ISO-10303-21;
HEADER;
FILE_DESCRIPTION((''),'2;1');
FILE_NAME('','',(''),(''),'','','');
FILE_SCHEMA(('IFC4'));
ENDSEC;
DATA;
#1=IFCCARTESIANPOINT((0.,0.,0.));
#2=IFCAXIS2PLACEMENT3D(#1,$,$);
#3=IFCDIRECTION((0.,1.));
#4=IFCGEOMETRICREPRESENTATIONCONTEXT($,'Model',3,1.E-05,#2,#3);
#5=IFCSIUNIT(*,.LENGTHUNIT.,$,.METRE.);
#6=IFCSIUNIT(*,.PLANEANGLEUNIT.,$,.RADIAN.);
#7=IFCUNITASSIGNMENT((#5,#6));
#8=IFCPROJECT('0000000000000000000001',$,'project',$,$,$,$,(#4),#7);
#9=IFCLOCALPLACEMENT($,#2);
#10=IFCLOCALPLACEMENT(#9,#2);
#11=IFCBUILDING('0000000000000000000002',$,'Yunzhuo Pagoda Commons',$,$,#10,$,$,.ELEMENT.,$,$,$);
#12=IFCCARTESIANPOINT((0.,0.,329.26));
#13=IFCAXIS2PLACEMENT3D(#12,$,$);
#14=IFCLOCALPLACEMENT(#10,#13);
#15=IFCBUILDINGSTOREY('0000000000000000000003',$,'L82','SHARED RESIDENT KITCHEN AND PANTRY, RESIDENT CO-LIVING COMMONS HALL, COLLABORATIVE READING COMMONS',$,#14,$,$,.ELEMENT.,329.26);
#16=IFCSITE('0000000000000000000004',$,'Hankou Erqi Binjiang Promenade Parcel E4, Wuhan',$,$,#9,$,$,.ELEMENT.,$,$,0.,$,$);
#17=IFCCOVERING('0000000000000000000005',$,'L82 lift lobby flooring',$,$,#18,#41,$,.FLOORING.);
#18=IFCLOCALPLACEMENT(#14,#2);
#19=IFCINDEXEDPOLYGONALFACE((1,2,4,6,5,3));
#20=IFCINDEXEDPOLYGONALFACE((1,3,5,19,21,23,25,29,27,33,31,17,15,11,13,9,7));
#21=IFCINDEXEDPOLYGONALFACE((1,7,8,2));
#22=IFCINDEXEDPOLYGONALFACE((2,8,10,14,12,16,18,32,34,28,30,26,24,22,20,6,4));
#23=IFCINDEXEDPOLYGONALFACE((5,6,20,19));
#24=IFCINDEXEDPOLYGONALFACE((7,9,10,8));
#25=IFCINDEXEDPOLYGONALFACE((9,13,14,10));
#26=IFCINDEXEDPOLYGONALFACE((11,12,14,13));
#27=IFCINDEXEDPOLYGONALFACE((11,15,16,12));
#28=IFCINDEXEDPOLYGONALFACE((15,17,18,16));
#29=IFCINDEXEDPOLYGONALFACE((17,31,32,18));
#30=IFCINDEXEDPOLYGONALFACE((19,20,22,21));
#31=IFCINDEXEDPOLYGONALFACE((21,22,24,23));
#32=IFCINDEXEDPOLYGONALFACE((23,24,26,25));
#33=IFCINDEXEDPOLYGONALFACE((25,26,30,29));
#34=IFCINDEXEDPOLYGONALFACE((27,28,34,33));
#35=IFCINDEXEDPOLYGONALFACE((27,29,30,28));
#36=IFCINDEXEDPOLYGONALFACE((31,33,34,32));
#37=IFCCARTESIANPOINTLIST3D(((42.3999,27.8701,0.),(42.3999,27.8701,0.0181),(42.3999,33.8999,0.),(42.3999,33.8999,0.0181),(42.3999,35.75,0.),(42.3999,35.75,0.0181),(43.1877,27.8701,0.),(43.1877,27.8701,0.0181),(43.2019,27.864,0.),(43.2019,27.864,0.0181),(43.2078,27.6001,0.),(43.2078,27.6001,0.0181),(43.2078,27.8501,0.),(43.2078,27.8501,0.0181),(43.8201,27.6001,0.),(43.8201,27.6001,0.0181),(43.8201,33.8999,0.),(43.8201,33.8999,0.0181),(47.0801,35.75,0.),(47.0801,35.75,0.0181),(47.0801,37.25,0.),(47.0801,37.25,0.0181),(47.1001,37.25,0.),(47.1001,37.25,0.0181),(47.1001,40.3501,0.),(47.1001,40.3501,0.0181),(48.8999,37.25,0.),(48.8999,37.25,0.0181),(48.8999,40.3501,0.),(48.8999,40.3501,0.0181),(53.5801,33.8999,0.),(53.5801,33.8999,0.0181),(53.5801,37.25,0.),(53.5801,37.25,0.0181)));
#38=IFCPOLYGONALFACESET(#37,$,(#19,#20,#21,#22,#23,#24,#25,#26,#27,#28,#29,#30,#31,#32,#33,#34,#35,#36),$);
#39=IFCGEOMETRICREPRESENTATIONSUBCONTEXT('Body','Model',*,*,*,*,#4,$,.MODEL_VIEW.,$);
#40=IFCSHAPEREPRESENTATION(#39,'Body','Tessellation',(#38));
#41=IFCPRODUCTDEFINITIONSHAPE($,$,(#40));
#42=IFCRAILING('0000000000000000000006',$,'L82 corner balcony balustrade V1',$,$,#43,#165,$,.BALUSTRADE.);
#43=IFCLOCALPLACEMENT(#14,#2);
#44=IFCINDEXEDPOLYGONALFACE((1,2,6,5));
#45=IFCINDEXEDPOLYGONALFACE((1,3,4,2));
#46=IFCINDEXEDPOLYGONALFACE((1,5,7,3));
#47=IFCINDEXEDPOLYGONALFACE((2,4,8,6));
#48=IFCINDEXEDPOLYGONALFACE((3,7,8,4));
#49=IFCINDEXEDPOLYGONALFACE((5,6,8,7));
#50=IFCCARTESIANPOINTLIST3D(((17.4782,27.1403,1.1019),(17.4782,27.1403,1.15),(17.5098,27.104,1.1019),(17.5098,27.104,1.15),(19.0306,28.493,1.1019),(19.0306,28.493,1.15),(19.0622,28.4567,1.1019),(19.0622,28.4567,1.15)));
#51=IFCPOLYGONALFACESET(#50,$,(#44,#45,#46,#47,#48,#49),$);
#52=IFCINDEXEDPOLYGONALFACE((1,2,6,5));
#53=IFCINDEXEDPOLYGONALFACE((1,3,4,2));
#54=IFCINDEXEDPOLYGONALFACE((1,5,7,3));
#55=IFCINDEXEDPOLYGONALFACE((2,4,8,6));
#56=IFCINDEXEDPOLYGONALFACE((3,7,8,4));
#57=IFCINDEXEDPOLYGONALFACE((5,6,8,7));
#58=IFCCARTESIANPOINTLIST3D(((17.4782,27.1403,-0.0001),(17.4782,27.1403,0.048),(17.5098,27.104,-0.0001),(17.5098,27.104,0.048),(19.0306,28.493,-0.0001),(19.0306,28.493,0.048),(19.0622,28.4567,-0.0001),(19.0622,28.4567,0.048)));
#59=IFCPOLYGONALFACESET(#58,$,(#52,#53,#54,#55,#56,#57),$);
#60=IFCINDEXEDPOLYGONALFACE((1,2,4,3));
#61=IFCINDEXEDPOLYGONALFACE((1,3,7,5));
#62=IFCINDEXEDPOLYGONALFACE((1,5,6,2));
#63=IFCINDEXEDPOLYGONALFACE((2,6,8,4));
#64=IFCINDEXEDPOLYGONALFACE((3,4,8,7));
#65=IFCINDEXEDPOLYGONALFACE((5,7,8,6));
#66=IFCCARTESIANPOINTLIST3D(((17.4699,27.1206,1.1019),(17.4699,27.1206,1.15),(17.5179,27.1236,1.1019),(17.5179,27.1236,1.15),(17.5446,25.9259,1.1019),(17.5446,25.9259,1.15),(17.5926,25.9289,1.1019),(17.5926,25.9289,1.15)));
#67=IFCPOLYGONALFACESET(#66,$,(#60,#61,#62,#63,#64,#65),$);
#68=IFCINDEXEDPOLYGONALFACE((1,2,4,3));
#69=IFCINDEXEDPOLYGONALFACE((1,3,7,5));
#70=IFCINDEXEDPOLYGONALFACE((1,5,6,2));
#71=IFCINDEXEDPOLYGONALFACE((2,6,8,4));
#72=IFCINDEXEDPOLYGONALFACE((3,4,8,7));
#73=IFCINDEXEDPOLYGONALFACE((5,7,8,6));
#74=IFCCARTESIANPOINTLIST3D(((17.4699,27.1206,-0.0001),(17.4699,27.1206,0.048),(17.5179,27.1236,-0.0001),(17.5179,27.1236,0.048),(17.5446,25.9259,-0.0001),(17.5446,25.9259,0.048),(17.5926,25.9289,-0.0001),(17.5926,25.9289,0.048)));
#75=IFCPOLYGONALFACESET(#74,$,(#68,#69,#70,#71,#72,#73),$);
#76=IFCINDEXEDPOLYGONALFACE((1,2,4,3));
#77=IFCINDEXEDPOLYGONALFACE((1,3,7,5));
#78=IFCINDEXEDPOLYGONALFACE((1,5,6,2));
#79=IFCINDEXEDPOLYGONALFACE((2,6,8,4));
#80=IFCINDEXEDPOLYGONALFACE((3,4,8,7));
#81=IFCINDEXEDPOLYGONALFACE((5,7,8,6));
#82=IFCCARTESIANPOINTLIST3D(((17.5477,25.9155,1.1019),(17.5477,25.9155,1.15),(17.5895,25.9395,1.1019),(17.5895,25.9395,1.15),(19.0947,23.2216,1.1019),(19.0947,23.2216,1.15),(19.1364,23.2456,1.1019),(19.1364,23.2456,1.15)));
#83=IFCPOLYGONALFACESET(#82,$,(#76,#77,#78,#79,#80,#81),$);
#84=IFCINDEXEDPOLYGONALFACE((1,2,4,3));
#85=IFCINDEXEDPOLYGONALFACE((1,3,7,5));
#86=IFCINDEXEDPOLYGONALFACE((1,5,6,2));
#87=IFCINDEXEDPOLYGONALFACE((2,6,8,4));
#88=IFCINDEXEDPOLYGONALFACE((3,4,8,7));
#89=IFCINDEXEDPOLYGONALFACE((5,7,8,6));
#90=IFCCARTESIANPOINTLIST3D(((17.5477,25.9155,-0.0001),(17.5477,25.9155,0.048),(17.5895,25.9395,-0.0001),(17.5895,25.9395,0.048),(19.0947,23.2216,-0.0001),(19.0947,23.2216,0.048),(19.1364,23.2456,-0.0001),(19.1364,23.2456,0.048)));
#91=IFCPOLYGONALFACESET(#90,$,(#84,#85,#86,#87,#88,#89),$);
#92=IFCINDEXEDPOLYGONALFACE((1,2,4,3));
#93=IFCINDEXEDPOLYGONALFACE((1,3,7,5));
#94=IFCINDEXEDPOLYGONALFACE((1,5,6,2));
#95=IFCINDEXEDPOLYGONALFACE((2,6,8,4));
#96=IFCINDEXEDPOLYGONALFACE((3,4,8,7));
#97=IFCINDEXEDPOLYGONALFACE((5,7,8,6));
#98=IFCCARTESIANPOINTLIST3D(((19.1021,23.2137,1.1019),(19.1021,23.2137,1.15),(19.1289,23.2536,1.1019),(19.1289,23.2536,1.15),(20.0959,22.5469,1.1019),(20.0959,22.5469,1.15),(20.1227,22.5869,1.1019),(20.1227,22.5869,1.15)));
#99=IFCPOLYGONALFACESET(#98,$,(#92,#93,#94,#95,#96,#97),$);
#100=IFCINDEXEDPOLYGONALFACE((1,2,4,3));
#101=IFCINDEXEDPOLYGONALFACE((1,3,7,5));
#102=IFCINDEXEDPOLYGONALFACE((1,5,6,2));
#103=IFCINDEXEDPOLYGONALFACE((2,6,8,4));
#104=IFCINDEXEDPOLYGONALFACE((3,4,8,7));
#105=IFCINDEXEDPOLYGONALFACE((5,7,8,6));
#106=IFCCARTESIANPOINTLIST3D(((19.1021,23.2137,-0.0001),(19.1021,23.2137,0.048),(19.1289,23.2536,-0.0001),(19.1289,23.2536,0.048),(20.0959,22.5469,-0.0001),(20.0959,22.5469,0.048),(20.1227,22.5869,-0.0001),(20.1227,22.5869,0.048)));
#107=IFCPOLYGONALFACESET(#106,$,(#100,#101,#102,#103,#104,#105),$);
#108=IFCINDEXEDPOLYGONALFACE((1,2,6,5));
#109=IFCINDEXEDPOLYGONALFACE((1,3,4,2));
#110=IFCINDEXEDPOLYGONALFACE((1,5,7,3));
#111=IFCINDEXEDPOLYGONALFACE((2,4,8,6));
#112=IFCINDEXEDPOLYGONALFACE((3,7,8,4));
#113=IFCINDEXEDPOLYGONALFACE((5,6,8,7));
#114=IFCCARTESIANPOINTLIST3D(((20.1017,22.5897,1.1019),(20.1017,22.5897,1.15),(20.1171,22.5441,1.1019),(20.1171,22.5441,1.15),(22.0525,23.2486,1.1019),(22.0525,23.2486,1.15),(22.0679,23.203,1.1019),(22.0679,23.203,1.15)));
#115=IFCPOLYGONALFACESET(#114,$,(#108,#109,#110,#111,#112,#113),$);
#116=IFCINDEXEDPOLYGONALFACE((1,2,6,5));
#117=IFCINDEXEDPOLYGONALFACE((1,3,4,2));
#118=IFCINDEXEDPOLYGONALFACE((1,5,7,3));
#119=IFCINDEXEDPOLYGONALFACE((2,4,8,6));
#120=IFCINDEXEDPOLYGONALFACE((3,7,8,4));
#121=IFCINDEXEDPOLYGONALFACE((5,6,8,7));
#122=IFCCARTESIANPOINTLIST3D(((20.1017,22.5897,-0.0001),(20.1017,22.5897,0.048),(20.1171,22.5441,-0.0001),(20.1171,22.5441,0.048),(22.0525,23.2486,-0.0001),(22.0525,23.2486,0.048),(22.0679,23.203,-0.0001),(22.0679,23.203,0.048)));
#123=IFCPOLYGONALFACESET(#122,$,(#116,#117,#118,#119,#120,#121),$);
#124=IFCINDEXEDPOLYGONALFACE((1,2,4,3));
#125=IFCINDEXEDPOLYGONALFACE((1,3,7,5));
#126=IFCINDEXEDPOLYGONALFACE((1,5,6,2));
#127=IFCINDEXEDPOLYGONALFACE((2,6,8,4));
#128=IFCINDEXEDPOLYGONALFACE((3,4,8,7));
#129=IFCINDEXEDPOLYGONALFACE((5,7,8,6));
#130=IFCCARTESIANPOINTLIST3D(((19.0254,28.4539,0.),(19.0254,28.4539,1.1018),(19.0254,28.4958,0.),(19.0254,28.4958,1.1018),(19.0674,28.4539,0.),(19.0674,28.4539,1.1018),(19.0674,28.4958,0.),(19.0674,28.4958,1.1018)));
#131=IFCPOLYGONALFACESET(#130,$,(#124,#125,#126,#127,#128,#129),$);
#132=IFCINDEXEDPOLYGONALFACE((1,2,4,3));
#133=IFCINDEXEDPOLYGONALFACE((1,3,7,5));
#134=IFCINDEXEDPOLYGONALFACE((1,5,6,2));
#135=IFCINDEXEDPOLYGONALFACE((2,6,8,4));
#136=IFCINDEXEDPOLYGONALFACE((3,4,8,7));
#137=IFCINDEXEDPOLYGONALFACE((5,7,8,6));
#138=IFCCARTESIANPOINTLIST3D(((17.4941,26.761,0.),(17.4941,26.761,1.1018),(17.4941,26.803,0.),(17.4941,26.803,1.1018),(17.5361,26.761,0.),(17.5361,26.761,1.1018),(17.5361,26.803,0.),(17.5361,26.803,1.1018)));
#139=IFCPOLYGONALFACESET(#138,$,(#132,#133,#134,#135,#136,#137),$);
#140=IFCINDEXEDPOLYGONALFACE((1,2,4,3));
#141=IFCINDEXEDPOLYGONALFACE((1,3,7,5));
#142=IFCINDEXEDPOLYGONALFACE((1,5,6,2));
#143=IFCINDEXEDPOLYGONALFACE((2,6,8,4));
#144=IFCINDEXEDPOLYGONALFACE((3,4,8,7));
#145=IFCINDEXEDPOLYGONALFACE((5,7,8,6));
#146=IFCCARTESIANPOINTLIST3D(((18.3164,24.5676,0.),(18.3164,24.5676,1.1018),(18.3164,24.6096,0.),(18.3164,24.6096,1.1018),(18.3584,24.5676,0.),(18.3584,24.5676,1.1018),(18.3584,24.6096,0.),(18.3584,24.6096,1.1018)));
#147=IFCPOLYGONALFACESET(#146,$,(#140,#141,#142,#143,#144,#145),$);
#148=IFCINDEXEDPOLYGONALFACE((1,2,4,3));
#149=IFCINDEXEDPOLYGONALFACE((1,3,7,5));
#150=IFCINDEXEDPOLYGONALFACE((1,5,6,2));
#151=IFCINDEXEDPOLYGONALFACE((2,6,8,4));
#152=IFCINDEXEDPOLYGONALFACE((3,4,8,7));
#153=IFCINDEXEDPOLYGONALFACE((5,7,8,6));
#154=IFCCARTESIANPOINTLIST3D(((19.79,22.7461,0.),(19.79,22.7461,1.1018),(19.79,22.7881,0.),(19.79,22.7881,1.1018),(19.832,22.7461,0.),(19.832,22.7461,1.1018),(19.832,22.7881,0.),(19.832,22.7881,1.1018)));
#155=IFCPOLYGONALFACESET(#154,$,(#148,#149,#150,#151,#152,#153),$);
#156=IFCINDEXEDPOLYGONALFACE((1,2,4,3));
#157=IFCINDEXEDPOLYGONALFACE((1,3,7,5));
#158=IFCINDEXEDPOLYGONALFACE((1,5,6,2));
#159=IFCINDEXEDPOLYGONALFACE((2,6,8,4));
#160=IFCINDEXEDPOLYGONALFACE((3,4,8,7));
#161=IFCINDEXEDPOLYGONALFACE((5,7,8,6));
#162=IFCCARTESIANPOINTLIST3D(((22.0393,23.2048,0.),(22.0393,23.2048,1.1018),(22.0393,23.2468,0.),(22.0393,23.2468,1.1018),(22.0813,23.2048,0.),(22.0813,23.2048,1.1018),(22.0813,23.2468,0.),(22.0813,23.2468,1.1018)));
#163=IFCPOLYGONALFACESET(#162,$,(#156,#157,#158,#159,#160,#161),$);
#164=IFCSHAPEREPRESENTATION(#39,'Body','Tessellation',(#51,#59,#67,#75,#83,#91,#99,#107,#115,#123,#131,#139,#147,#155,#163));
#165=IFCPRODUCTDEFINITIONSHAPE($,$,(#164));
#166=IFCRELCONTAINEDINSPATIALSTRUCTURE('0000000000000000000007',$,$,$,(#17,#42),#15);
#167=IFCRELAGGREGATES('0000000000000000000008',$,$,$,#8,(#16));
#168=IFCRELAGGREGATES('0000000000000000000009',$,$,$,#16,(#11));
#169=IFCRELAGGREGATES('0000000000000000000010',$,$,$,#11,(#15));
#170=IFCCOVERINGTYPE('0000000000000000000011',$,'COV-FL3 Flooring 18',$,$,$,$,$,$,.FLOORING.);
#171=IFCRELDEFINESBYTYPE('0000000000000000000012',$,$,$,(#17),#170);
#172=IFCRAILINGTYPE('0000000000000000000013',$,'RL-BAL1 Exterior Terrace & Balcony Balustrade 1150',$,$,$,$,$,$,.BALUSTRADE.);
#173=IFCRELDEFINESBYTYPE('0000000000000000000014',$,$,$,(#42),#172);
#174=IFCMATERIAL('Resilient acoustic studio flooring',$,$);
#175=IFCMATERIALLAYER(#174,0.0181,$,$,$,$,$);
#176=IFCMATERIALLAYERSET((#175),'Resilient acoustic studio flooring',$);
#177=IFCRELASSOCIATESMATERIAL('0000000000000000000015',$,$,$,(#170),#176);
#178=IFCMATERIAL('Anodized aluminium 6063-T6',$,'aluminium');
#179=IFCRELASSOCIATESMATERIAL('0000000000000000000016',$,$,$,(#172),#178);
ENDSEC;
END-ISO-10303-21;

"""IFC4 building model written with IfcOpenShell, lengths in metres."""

from ifc_helpers import new_model, si_unit, direction, frame, origin, origin_2d, place, context, subcontext, project, spatial, polyline, rectangle, outline, extrude, material, layer, layer_set, type_object, element, save


model = new_model("IFC4")

# Units and contexts
model_context = context("Model", 3, precision=1e-05, world=origin(), true_north=direction((0.0, 1.0)))
body_context = subcontext(model_context, "Body", "Model", "MODEL_VIEW")
ifc_project = project(units=[si_unit("LENGTHUNIT", "METRE"), si_unit("PLANEANGLEUNIT", "RADIAN")], contexts=[model_context])

# Site, building, storey
site_placement = place(None, origin())
site = spatial("IfcSite", under=ifc_project, at=site_placement, Name="Hankou Erqi Binjiang Promenade Parcel E4, Wuhan", CompositionType="ELEMENT", RefElevation=0.0)
building_placement = place(site_placement, origin())
building = spatial("IfcBuilding", under=site, at=building_placement, Name="Yunzhuo Pagoda Commons", CompositionType="ELEMENT")
storey_placement = place(building_placement, frame((0.0, 0.0, 329.26)))
storey = spatial("IfcBuildingStorey", under=building, at=storey_placement, Name="L82", Description="SHARED RESIDENT KITCHEN AND PANTRY, RESIDENT CO-LIVING COMMONS HALL, COLLABORATIVE READING COMMONS", CompositionType="ELEMENT", Elevation=329.26)

# Shared definitions
ifc_material_1 = material(Name="Anodized aluminium 6063-T6", Category="aluminium")

# Covering
ifc_material_2 = material(Name="Resilient acoustic studio flooring")
ifc_layer_1 = layer(ifc_material_2, 0.0181)
ifc_layer_set_1 = layer_set([ifc_layer_1], Name="Resilient acoustic studio flooring")
covering_type_1 = type_object("IfcCoveringType", Name="COV-FL3 Flooring 18", PredefinedType="FLOORING", material=ifc_layer_set_1)
covering_1_placement = place(storey_placement, origin())
element("IfcCovering", 1, at=covering_1_placement, inside=storey, type_object=covering_type_1, Name="L82 lift lobby flooring", PredefinedType="FLOORING", context=body_context, shape_type="SweptSolid", body=[
    extrude(outline(polyline([(42.3999, 35.75), (47.0801, 35.75), (47.0801, 37.25), (47.1001, 37.25), (47.1001, 40.3501), (48.8999, 40.3501), (48.8999, 37.25), (53.5801, 37.25), (53.5801, 33.8999), (43.8201, 33.8999), (43.8201, 27.6001), (43.2078, 27.6001), (43.2078, 27.8501), (43.2019, 27.864), (43.1877, 27.8701), (42.3999, 27.8701), (42.3999, 33.8999), (42.3999, 35.75)])), origin(), (0.0, 0.0, 1.0), 0.0181),
])

# Railing
railing_type = type_object("IfcRailingType", Name="RL-BAL1 Exterior Terrace & Balcony Balustrade 1150", PredefinedType="BALUSTRADE", material=ifc_material_1)
railing_placement = place(storey_placement, frame((19.0464, 28.4749, 0.0)))
element("IfcRailing", 2, at=railing_placement, inside=storey, type_object=railing_type, Name="L82 corner balcony balustrade V1", PredefinedType="BALUSTRADE", context=body_context, shape_type="SweptSolid", body=[
    extrude(rectangle(XDim=0.0481, YDim=0.0481, at=origin_2d()), frame((0.0, 0.0, 1.126), z_axis=(-0.753934, -0.65695, 0.0), x_axis=(0.65695, -0.753934, 0.0)), (0.0, 0.0, 1.0), 2.0591),
    extrude(rectangle(XDim=0.0481, YDim=0.0481, at=origin_2d()), frame((0.0, 0.0, 0.0239), z_axis=(-0.753934, -0.65695, 0.0), x_axis=(0.65695, -0.753934, 0.0)), (0.0, 0.0, 1.0), 2.0591),
    extrude(rectangle(XDim=0.0481, YDim=0.0481, at=origin_2d()), frame((-1.5525, -1.3528, 1.126), z_axis=(0.062416, -0.99805, 0.0), x_axis=(0.99805, 0.062416, 0.0)), (0.0, 0.0, 1.0), 1.197),
    extrude(rectangle(XDim=0.0481, YDim=0.0481, at=origin_2d()), frame((-1.5525, -1.3528, 0.0239), z_axis=(0.062416, -0.99805, 0.0), x_axis=(0.99805, 0.062416, 0.0)), (0.0, 0.0, 1.0), 1.197),
    extrude(rectangle(XDim=0.0481, YDim=0.0481, at=origin_2d()), frame((-1.4778, -2.5474, 1.126), z_axis=(0.497966, -0.867197, 0.0), x_axis=(0.867197, 0.497966, 0.0)), (0.0, 0.0, 1.0), 3.1064),
    extrude(rectangle(XDim=0.0481, YDim=0.0481, at=origin_2d()), frame((-1.4778, -2.5474, 0.0239), z_axis=(0.497966, -0.867197, 0.0), x_axis=(0.867197, 0.497966, 0.0)), (0.0, 0.0, 1.0), 3.1064),
    extrude(rectangle(XDim=0.0481, YDim=0.0481, at=origin_2d()), frame((0.0691, -5.2412, 1.126), z_axis=(0.830446, -0.557099, 0.0), x_axis=(0.557099, 0.830446, 0.0)), (0.0, 0.0, 1.0), 1.1968),
    extrude(rectangle(XDim=0.0481, YDim=0.0481, at=origin_2d()), frame((0.0691, -5.2412, 0.0239), z_axis=(0.830446, -0.557099, 0.0), x_axis=(0.557099, 0.830446, 0.0)), (0.0, 0.0, 1.0), 1.1968),
    extrude(rectangle(XDim=0.0481, YDim=0.0481, at=origin_2d()), frame((1.063, -5.908, 1.126), z_axis=(0.947419, 0.319996, 0.0), x_axis=(-0.319996, 0.947419, 0.0)), (0.0, 0.0, 1.0), 2.0591),
    extrude(rectangle(XDim=0.0481, YDim=0.0481, at=origin_2d()), frame((1.063, -5.908, 0.0239), z_axis=(0.947419, 0.319996, 0.0), x_axis=(-0.319996, 0.947419, 0.0)), (0.0, 0.0, 1.0), 2.0591),
    extrude(rectangle(XDim=0.042, YDim=0.042, at=origin_2d()), origin(), (0.0, 0.0, 1.0), 1.1018),
    extrude(rectangle(XDim=0.042, YDim=0.042, at=origin_2d()), frame((-1.5312, -1.6929, 0.0)), (0.0, 0.0, 1.0), 1.1018),
    extrude(rectangle(XDim=0.042, YDim=0.042, at=origin_2d()), frame((-0.709, -3.8862, 0.0)), (0.0, 0.0, 1.0), 1.1018),
    extrude(rectangle(XDim=0.042, YDim=0.042, at=origin_2d()), frame((0.7646, -5.7078, 0.0)), (0.0, 0.0, 1.0), 1.1018),
    extrude(rectangle(XDim=0.042, YDim=0.042, at=origin_2d()), frame((3.0139, -5.249, 0.0)), (0.0, 0.0, 1.0), 1.1018),
])

save(model, "model.ifc")
